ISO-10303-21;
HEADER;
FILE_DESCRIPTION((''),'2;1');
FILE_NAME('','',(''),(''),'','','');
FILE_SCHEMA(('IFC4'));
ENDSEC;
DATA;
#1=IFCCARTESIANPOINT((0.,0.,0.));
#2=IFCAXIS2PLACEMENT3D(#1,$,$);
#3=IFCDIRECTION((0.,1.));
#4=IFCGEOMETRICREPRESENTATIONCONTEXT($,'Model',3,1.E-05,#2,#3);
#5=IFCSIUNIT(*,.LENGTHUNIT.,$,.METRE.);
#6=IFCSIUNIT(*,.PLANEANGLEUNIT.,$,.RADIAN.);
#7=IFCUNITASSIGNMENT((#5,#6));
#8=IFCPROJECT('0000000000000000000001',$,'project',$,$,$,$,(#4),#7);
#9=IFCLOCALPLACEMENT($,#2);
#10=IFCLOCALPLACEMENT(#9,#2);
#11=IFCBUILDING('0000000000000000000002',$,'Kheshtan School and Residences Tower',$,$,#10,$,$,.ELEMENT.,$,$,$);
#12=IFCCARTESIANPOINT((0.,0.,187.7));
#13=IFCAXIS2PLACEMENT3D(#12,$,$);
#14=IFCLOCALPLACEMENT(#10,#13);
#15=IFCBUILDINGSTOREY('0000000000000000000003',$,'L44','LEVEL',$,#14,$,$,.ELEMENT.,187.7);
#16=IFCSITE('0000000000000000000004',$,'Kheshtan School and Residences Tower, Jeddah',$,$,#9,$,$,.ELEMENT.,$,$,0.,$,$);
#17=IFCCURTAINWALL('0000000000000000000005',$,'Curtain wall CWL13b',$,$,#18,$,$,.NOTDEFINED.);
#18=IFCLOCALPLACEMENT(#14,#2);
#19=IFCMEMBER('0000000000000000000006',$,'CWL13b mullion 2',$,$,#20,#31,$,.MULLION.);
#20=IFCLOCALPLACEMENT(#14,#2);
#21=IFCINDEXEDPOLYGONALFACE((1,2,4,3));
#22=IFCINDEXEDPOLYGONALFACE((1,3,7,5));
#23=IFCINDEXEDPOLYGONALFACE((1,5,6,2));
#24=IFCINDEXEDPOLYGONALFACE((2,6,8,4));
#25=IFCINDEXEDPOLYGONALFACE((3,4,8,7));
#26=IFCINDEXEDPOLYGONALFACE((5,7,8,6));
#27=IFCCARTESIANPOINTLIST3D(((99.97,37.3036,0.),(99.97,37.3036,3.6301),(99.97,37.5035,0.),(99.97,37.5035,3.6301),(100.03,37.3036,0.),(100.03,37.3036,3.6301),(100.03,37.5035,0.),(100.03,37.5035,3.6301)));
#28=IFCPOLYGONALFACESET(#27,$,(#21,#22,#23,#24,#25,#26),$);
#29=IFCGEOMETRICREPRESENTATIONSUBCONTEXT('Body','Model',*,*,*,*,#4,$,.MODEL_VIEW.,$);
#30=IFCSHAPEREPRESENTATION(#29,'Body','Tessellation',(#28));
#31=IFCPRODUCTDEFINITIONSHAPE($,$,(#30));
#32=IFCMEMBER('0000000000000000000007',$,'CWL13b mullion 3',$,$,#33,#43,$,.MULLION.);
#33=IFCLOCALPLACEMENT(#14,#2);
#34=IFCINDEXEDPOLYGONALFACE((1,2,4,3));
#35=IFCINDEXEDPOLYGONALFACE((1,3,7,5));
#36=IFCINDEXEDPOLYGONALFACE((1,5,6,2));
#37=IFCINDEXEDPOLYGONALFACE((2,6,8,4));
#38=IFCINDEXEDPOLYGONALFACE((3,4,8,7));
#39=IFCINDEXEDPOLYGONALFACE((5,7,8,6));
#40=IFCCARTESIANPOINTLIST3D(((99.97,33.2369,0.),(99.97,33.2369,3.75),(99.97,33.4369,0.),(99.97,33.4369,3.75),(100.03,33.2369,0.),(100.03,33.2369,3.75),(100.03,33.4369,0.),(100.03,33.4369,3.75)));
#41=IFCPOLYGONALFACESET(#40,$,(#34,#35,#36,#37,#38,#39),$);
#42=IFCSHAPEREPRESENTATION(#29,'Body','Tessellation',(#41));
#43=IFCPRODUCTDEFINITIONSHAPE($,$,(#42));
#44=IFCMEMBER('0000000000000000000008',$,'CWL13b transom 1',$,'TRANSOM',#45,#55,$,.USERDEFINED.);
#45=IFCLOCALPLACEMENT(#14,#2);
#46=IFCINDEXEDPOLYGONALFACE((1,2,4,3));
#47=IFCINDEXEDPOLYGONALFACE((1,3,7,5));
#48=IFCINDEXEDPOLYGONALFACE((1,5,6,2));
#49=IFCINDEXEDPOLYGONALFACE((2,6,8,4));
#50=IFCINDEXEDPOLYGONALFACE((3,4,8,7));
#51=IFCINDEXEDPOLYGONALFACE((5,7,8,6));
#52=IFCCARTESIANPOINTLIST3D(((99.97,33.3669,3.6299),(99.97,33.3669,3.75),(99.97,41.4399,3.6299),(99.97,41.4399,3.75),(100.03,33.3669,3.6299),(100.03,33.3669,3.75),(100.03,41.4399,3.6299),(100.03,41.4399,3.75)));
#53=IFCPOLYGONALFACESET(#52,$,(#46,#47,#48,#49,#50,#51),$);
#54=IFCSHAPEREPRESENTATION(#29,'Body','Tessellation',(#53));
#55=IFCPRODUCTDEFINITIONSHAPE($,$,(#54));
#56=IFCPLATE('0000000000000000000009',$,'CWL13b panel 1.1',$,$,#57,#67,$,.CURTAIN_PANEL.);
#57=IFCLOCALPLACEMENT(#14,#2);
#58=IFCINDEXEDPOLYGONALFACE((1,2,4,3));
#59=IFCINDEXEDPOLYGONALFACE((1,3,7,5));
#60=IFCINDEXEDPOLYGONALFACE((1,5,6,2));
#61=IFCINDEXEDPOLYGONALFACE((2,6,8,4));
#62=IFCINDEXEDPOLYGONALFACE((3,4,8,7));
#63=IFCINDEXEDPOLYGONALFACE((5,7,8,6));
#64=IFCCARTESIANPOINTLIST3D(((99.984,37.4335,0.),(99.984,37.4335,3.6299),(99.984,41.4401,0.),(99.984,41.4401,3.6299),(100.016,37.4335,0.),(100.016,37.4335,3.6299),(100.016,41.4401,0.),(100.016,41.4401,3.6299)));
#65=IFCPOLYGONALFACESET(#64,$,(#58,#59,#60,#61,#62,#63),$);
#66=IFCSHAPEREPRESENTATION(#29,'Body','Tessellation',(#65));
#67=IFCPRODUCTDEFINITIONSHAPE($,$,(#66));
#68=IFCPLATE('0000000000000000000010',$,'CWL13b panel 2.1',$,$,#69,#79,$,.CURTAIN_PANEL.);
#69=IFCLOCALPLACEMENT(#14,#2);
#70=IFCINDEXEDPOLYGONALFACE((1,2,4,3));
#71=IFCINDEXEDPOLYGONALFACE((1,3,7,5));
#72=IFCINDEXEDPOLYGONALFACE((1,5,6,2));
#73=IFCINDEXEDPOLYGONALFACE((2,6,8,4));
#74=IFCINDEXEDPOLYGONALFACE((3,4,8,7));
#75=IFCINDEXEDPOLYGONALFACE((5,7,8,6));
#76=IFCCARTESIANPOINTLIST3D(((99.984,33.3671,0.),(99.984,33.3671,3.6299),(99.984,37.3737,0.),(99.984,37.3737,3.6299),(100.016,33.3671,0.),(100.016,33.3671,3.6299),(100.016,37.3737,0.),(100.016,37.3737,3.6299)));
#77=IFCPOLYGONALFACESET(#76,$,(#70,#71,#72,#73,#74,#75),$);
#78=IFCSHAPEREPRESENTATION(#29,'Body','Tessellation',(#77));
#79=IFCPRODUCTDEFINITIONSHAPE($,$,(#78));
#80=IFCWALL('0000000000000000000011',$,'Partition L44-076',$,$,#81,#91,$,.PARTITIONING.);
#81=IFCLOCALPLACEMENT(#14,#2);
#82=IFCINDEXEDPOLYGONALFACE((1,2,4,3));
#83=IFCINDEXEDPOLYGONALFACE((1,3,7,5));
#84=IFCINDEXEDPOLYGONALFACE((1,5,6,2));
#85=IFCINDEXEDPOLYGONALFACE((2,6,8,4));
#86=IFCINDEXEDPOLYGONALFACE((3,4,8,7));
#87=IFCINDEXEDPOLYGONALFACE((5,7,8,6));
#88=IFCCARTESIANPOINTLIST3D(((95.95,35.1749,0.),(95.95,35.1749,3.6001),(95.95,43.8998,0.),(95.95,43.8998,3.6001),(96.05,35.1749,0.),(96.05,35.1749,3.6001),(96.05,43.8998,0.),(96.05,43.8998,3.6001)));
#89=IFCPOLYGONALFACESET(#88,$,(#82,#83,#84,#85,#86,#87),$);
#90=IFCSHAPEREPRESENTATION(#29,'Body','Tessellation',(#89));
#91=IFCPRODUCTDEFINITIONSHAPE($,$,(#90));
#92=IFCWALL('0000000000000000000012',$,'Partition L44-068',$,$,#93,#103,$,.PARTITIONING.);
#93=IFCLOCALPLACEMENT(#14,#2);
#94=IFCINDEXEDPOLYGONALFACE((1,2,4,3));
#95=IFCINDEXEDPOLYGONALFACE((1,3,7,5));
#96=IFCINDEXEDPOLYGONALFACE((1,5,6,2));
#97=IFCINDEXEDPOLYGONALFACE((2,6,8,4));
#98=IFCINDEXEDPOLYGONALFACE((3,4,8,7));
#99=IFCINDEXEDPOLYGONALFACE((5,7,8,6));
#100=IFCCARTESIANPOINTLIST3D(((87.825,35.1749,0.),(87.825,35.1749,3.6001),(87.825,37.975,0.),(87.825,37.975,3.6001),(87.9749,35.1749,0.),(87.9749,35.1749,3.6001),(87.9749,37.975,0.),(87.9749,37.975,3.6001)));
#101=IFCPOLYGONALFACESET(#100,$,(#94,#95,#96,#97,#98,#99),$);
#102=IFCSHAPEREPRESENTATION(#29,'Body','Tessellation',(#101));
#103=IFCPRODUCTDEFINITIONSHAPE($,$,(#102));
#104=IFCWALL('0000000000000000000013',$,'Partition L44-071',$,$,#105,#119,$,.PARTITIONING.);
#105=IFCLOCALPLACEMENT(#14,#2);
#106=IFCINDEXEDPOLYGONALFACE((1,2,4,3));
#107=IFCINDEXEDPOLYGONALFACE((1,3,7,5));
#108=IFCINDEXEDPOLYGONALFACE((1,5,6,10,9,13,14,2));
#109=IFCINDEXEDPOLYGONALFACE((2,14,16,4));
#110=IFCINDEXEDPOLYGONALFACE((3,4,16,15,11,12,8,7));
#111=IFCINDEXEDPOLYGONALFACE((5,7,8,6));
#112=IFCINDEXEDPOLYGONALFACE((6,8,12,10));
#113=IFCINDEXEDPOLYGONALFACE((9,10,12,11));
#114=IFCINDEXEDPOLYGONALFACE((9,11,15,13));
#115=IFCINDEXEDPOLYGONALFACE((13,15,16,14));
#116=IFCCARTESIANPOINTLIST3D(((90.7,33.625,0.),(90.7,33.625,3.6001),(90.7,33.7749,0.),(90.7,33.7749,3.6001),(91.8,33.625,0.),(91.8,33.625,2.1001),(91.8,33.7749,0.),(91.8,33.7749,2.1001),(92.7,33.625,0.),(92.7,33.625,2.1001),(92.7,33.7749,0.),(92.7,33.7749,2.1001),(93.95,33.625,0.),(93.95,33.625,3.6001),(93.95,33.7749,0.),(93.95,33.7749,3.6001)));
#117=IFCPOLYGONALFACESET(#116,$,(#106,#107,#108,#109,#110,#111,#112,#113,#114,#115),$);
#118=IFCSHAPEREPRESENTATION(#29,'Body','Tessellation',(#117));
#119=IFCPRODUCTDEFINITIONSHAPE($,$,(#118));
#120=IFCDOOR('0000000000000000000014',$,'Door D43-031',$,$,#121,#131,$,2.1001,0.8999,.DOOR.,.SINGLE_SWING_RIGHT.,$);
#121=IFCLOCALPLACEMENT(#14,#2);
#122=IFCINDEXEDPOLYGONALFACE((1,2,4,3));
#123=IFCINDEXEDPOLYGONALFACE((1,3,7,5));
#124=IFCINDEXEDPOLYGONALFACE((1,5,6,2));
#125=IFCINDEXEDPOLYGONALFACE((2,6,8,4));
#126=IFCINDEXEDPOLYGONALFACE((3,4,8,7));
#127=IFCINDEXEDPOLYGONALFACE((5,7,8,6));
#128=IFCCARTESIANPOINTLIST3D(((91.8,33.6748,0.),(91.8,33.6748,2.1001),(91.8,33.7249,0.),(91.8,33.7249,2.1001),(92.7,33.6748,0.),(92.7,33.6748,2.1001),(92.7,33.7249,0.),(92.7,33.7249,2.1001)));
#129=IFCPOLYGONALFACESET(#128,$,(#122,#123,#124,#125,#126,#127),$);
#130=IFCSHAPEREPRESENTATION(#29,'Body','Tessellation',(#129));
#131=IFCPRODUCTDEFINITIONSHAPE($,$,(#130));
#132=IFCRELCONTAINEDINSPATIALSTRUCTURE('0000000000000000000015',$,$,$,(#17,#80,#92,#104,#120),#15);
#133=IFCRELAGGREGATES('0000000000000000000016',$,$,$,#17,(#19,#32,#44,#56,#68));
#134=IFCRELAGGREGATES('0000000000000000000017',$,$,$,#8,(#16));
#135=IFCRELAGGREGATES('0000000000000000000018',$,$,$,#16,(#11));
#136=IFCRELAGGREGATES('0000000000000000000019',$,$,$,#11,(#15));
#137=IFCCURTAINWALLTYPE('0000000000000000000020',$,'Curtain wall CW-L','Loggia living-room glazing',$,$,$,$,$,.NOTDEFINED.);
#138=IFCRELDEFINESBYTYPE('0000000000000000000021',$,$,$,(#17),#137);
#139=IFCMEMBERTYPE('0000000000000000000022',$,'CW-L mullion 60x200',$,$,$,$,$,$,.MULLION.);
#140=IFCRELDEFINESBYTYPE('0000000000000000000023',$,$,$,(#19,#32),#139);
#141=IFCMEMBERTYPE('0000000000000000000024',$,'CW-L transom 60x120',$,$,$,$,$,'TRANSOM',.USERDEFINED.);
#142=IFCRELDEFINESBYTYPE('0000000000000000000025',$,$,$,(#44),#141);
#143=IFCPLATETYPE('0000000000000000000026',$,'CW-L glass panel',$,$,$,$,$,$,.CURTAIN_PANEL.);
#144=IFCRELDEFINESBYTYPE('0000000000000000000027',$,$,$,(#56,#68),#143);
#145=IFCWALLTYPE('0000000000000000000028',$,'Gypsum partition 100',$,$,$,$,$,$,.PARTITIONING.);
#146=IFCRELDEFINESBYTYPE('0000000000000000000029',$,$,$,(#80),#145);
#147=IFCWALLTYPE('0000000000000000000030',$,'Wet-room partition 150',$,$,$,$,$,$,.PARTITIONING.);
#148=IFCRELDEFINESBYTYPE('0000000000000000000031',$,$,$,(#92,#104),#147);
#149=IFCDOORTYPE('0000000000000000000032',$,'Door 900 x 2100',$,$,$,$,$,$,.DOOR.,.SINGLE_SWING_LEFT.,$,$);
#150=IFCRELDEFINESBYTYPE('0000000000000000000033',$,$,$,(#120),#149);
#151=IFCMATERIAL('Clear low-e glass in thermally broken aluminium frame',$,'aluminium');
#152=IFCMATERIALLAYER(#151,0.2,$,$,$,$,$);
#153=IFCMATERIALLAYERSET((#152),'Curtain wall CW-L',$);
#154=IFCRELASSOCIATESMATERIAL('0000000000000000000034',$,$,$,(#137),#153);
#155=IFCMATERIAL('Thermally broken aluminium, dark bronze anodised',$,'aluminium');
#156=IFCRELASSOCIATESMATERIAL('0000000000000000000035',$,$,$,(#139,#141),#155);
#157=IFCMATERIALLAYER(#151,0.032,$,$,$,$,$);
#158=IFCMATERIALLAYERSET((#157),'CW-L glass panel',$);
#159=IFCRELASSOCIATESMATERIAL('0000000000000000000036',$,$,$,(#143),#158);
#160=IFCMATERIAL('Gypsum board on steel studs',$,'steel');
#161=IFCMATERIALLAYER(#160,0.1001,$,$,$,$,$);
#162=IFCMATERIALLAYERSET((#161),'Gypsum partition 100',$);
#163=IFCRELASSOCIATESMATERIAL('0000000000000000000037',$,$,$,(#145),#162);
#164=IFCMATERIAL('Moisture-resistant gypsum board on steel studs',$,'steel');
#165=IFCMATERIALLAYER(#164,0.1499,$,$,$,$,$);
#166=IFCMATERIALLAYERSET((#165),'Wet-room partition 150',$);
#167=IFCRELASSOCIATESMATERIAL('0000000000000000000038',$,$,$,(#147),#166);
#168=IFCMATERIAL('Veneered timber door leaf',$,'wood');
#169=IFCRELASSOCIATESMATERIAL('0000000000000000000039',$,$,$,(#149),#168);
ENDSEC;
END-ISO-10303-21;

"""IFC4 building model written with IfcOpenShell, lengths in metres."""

from ifc_helpers import new_model, si_unit, direction, frame, frame_2d, origin, origin_2d, place, context, subcontext, project, spatial, rectangle, extrude, source, transform, mapped, material, layer, layer_set, material_profile, profile_set, type_object, element, fill, aggregate, save


model = new_model("IFC4")

# Units and contexts
model_context = context("Model", 3, precision=1e-05, world=origin(), true_north=direction((0.0, 1.0)))
body_context = subcontext(model_context, "Body", "Model", "MODEL_VIEW")
ifc_project = project(units=[si_unit("LENGTHUNIT", "METRE"), si_unit("PLANEANGLEUNIT", "RADIAN")], contexts=[model_context])

# Site, building, storey
site_placement = place(None, origin())
site = spatial("IfcSite", under=ifc_project, at=site_placement, Name="Kheshtan School and Residences Tower, Jeddah", CompositionType="ELEMENT", RefElevation=0.0)
building_placement = place(site_placement, origin())
building = spatial("IfcBuilding", under=site, at=building_placement, Name="Kheshtan School and Residences Tower", CompositionType="ELEMENT")
storey_placement = place(building_placement, frame((0.0, 0.0, 187.7)))
storey = spatial("IfcBuildingStorey", under=building, at=storey_placement, Name="L44", Description="LEVEL", CompositionType="ELEMENT", Elevation=187.7)

# Curtain wall, members, plates
ifc_material_1 = material(Name="Clear low-e glass in thermally broken aluminium frame", Category="aluminium")
ifc_layer_1 = layer(ifc_material_1, 0.2)
ifc_layer_set_1 = layer_set([ifc_layer_1], Name="Curtain wall CW-L")
curtain_wall_type = type_object("IfcCurtainWallType", Name="Curtain wall CW-L", Description="Loggia living-room glazing", PredefinedType="NOTDEFINED", material=ifc_layer_set_1)
curtain_wall_placement = place(storey_placement, origin())
curtain_wall = element("IfcCurtainWall", 1, at=curtain_wall_placement, inside=storey, type_object=curtain_wall_type, Name="Curtain wall CWL13b", PredefinedType="NOTDEFINED")
ifc_material_2 = material(Name="Thermally broken aluminium, dark bronze anodised", Category="aluminium")
ifc_material_profile_1 = material_profile(ifc_material_2, rectangle(XDim=0.0601, YDim=0.2, at=origin_2d()), Name="CW-L mullion 60x200")
ifc_profile_set_1 = profile_set([ifc_material_profile_1], Name="Thermally broken aluminium, dark bronze anodised")
member_type_1 = type_object("IfcMemberType", Name="CW-L mullion 60x200", PredefinedType="MULLION", material=ifc_profile_set_1)
member_1_placement = place(storey_placement, frame((100.0, 37.4036, 0.0), z_axis=(0.0, 0.0, 1.0), x_axis=(1.0, 0.0, 0.0)))
member_1 = element("IfcMember", 2, at=member_1_placement, type_object=member_type_1, Name="CWL13b mullion 2", PredefinedType="MULLION", context=body_context, shape_type="SweptSolid", body=[
    extrude(rectangle(XDim=0.0601, YDim=0.2, at=origin_2d()), origin(), (0.0, 0.0, 1.0), 3.6301),
])
member_2_placement = place(storey_placement, frame((100.0, 33.3369, 0.0), z_axis=(0.0, 0.0, 1.0), x_axis=(1.0, 0.0, 0.0)))
member_2 = element("IfcMember", 3, at=member_2_placement, type_object=member_type_1, Name="CWL13b mullion 3", PredefinedType="MULLION", context=body_context, shape_type="SweptSolid", body=[
    extrude(rectangle(XDim=0.0601, YDim=0.2, at=origin_2d()), origin(), (0.0, 0.0, 1.0), 3.75),
])
ifc_material_profile_2 = material_profile(ifc_material_2, rectangle(XDim=0.0601, YDim=0.1201, at=origin_2d()), Name="CW-L transom 60x120")
ifc_profile_set_2 = profile_set([ifc_material_profile_2], Name="Thermally broken aluminium, dark bronze anodised")
member_type_2 = type_object("IfcMemberType", Name="CW-L transom 60x120", ElementType="TRANSOM", PredefinedType="USERDEFINED", material=ifc_profile_set_2)
member_3_placement = place(storey_placement, frame((100.0, 41.4399, 3.6899), z_axis=(0.0, -1.0, 0.0), x_axis=(1.0, 0.0, 0.0)))
member_3 = element("IfcMember", 4, at=member_3_placement, type_object=member_type_2, Name="CWL13b transom 1", ObjectType="TRANSOM", PredefinedType="USERDEFINED", context=body_context, shape_type="SweptSolid", body=[
    extrude(rectangle(XDim=0.0601, YDim=0.1201, at=origin_2d()), origin(), (0.0, 0.0, 1.0), 8.073),
])
ifc_layer_2 = layer(ifc_material_1, 0.032)
ifc_layer_set_2 = layer_set([ifc_layer_2], Name="CW-L glass panel")
plate_type = type_object("IfcPlateType", Name="CW-L glass panel", PredefinedType="CURTAIN_PANEL", material=ifc_layer_set_2)
plate_1_placement = place(storey_placement, frame((100.0, 39.4368, 0.0), z_axis=(0.0, 0.0, 1.0), x_axis=(0.0, -1.0, 0.0)))
plate_1 = element("IfcPlate", 5, at=plate_1_placement, type_object=plate_type, Name="CWL13b panel 1.1", PredefinedType="CURTAIN_PANEL", context=body_context, shape_type="SweptSolid", body=[
    extrude(rectangle(XDim=4.0066, YDim=0.032, at=origin_2d()), origin(), (0.0, 0.0, 1.0), 3.6299),
])
plate_2_placement = place(storey_placement, frame((100.0, 35.3704, 0.0), z_axis=(0.0, 0.0, 1.0), x_axis=(0.0, -1.0, 0.0)))
plate_2 = element("IfcPlate", 6, at=plate_2_placement, type_object=plate_type, Name="CWL13b panel 2.1", PredefinedType="CURTAIN_PANEL", context=body_context, shape_type="SweptSolid", body=[
    extrude(rectangle(XDim=4.0066, YDim=0.032, at=origin_2d()), origin(), (0.0, 0.0, 1.0), 3.6299),
])
aggregate(curtain_wall, [member_1, member_2, member_3, plate_1, plate_2])

# Walls
ifc_material_3 = material(Name="Gypsum board on steel studs", Category="steel")
ifc_layer_3 = layer(ifc_material_3, 0.1001)
ifc_layer_set_3 = layer_set([ifc_layer_3], Name="Gypsum partition 100")
wall_type_1 = type_object("IfcWallType", Name="Gypsum partition 100", PredefinedType="PARTITIONING", material=ifc_layer_set_3)
wall_1_placement = place(storey_placement, frame((96.0, 35.175, 0.0), z_axis=(0.0, 0.0, 1.0), x_axis=(0.0, 1.0, 0.0)))
element("IfcWall", 7, at=wall_1_placement, inside=storey, type_object=wall_type_1, Name="Partition L44-076", PredefinedType="PARTITIONING", context=body_context, shape_type="SweptSolid", body=[
    extrude(rectangle(XDim=8.7249, YDim=0.1001, at=frame_2d((4.3623, 0.0))), origin(), (0.0, 0.0, 1.0), 3.6001),
])
ifc_material_4 = material(Name="Moisture-resistant gypsum board on steel studs", Category="steel")
ifc_layer_4 = layer(ifc_material_4, 0.1499)
ifc_layer_set_4 = layer_set([ifc_layer_4], Name="Wet-room partition 150")
wall_type_2 = type_object("IfcWallType", Name="Wet-room partition 150", PredefinedType="PARTITIONING", material=ifc_layer_set_4)
wall_2_placement = place(storey_placement, frame((87.8999, 35.175, 0.0), z_axis=(0.0, 0.0, 1.0), x_axis=(0.0, 1.0, 0.0)))
element("IfcWall", 8, at=wall_2_placement, inside=storey, type_object=wall_type_2, Name="Partition L44-068", PredefinedType="PARTITIONING", context=body_context, shape_type="SweptSolid", body=[
    extrude(rectangle(XDim=2.8, YDim=0.1499, at=frame_2d((1.3999, 0.0))), origin(), (0.0, 0.0, 1.0), 3.6001),
])

# Wall, opening, door
wall_3_placement = place(storey_placement, frame((90.7, 33.7, 0.0), z_axis=(0.0, 0.0, 1.0), x_axis=(1.0, 0.0, 0.0)))
wall_3 = element("IfcWall", 9, at=wall_3_placement, inside=storey, type_object=wall_type_2, Name="Partition L44-071", PredefinedType="PARTITIONING", context=body_context, shape_type="SweptSolid", body=[
    extrude(rectangle(XDim=3.25, YDim=0.1499, at=frame_2d((1.625, 0.0))), origin(), (0.0, 0.0, 1.0), 3.6001),
])
opening_1_placement = place(wall_3_placement, frame((1.1001, 0.0, 0.0)))
opening_1 = element("IfcOpeningElement", 10, at=opening_1_placement, cuts=wall_3, PredefinedType="OPENING", context=body_context, shape_type="SweptSolid", body=[
    extrude(rectangle(XDim=0.8999, YDim=2.1001, at=frame_2d((0.45, 1.05))), frame((0.0, 0.085, 0.0), z_axis=(0.0, -1.0, 0.0), x_axis=(1.0, 0.0, 0.0)), (0.0, 0.0, 1.0), 0.1699),
])
ifc_material_5 = material(Name="Veneered timber door leaf", Category="wood")
door_type_1 = type_object("IfcDoorType", Name="Door 900 x 2100", OperationType="SINGLE_SWING_LEFT", PredefinedType="DOOR", material=ifc_material_5)
shared_shape_1 = source(origin(), body_context, "Body", "SweptSolid", [
    extrude(rectangle(XDim=0.8999, YDim=2.1001, at=frame_2d((0.45, 1.05))), frame((0.0, 0.0249, 0.0), z_axis=(0.0, -1.0, 0.0), x_axis=(1.0, 0.0, 0.0)), (0.0, 0.0, 1.0), 0.05),
])
door_1_placement = place(opening_1_placement, origin())
door_1 = element("IfcDoor", 11, at=door_1_placement, inside=storey, type_object=door_type_1, Name="Door D43-031", OperationType="SINGLE_SWING_RIGHT", OverallHeight=2.1001, OverallWidth=0.8999, PredefinedType="DOOR", context=body_context, shape_type="MappedRepresentation", body=[
    mapped(shared_shape_1, transform((0.0, 0.0, 0.0), x_axis=(1.0, 0.0, 0.0), y_axis=(0.0, 1.0, 0.0), z_axis=(0.0, 0.0, 1.0), scale=1.0)),
])
fill(opening_1, door_1)

save(model, "model.ifc")
